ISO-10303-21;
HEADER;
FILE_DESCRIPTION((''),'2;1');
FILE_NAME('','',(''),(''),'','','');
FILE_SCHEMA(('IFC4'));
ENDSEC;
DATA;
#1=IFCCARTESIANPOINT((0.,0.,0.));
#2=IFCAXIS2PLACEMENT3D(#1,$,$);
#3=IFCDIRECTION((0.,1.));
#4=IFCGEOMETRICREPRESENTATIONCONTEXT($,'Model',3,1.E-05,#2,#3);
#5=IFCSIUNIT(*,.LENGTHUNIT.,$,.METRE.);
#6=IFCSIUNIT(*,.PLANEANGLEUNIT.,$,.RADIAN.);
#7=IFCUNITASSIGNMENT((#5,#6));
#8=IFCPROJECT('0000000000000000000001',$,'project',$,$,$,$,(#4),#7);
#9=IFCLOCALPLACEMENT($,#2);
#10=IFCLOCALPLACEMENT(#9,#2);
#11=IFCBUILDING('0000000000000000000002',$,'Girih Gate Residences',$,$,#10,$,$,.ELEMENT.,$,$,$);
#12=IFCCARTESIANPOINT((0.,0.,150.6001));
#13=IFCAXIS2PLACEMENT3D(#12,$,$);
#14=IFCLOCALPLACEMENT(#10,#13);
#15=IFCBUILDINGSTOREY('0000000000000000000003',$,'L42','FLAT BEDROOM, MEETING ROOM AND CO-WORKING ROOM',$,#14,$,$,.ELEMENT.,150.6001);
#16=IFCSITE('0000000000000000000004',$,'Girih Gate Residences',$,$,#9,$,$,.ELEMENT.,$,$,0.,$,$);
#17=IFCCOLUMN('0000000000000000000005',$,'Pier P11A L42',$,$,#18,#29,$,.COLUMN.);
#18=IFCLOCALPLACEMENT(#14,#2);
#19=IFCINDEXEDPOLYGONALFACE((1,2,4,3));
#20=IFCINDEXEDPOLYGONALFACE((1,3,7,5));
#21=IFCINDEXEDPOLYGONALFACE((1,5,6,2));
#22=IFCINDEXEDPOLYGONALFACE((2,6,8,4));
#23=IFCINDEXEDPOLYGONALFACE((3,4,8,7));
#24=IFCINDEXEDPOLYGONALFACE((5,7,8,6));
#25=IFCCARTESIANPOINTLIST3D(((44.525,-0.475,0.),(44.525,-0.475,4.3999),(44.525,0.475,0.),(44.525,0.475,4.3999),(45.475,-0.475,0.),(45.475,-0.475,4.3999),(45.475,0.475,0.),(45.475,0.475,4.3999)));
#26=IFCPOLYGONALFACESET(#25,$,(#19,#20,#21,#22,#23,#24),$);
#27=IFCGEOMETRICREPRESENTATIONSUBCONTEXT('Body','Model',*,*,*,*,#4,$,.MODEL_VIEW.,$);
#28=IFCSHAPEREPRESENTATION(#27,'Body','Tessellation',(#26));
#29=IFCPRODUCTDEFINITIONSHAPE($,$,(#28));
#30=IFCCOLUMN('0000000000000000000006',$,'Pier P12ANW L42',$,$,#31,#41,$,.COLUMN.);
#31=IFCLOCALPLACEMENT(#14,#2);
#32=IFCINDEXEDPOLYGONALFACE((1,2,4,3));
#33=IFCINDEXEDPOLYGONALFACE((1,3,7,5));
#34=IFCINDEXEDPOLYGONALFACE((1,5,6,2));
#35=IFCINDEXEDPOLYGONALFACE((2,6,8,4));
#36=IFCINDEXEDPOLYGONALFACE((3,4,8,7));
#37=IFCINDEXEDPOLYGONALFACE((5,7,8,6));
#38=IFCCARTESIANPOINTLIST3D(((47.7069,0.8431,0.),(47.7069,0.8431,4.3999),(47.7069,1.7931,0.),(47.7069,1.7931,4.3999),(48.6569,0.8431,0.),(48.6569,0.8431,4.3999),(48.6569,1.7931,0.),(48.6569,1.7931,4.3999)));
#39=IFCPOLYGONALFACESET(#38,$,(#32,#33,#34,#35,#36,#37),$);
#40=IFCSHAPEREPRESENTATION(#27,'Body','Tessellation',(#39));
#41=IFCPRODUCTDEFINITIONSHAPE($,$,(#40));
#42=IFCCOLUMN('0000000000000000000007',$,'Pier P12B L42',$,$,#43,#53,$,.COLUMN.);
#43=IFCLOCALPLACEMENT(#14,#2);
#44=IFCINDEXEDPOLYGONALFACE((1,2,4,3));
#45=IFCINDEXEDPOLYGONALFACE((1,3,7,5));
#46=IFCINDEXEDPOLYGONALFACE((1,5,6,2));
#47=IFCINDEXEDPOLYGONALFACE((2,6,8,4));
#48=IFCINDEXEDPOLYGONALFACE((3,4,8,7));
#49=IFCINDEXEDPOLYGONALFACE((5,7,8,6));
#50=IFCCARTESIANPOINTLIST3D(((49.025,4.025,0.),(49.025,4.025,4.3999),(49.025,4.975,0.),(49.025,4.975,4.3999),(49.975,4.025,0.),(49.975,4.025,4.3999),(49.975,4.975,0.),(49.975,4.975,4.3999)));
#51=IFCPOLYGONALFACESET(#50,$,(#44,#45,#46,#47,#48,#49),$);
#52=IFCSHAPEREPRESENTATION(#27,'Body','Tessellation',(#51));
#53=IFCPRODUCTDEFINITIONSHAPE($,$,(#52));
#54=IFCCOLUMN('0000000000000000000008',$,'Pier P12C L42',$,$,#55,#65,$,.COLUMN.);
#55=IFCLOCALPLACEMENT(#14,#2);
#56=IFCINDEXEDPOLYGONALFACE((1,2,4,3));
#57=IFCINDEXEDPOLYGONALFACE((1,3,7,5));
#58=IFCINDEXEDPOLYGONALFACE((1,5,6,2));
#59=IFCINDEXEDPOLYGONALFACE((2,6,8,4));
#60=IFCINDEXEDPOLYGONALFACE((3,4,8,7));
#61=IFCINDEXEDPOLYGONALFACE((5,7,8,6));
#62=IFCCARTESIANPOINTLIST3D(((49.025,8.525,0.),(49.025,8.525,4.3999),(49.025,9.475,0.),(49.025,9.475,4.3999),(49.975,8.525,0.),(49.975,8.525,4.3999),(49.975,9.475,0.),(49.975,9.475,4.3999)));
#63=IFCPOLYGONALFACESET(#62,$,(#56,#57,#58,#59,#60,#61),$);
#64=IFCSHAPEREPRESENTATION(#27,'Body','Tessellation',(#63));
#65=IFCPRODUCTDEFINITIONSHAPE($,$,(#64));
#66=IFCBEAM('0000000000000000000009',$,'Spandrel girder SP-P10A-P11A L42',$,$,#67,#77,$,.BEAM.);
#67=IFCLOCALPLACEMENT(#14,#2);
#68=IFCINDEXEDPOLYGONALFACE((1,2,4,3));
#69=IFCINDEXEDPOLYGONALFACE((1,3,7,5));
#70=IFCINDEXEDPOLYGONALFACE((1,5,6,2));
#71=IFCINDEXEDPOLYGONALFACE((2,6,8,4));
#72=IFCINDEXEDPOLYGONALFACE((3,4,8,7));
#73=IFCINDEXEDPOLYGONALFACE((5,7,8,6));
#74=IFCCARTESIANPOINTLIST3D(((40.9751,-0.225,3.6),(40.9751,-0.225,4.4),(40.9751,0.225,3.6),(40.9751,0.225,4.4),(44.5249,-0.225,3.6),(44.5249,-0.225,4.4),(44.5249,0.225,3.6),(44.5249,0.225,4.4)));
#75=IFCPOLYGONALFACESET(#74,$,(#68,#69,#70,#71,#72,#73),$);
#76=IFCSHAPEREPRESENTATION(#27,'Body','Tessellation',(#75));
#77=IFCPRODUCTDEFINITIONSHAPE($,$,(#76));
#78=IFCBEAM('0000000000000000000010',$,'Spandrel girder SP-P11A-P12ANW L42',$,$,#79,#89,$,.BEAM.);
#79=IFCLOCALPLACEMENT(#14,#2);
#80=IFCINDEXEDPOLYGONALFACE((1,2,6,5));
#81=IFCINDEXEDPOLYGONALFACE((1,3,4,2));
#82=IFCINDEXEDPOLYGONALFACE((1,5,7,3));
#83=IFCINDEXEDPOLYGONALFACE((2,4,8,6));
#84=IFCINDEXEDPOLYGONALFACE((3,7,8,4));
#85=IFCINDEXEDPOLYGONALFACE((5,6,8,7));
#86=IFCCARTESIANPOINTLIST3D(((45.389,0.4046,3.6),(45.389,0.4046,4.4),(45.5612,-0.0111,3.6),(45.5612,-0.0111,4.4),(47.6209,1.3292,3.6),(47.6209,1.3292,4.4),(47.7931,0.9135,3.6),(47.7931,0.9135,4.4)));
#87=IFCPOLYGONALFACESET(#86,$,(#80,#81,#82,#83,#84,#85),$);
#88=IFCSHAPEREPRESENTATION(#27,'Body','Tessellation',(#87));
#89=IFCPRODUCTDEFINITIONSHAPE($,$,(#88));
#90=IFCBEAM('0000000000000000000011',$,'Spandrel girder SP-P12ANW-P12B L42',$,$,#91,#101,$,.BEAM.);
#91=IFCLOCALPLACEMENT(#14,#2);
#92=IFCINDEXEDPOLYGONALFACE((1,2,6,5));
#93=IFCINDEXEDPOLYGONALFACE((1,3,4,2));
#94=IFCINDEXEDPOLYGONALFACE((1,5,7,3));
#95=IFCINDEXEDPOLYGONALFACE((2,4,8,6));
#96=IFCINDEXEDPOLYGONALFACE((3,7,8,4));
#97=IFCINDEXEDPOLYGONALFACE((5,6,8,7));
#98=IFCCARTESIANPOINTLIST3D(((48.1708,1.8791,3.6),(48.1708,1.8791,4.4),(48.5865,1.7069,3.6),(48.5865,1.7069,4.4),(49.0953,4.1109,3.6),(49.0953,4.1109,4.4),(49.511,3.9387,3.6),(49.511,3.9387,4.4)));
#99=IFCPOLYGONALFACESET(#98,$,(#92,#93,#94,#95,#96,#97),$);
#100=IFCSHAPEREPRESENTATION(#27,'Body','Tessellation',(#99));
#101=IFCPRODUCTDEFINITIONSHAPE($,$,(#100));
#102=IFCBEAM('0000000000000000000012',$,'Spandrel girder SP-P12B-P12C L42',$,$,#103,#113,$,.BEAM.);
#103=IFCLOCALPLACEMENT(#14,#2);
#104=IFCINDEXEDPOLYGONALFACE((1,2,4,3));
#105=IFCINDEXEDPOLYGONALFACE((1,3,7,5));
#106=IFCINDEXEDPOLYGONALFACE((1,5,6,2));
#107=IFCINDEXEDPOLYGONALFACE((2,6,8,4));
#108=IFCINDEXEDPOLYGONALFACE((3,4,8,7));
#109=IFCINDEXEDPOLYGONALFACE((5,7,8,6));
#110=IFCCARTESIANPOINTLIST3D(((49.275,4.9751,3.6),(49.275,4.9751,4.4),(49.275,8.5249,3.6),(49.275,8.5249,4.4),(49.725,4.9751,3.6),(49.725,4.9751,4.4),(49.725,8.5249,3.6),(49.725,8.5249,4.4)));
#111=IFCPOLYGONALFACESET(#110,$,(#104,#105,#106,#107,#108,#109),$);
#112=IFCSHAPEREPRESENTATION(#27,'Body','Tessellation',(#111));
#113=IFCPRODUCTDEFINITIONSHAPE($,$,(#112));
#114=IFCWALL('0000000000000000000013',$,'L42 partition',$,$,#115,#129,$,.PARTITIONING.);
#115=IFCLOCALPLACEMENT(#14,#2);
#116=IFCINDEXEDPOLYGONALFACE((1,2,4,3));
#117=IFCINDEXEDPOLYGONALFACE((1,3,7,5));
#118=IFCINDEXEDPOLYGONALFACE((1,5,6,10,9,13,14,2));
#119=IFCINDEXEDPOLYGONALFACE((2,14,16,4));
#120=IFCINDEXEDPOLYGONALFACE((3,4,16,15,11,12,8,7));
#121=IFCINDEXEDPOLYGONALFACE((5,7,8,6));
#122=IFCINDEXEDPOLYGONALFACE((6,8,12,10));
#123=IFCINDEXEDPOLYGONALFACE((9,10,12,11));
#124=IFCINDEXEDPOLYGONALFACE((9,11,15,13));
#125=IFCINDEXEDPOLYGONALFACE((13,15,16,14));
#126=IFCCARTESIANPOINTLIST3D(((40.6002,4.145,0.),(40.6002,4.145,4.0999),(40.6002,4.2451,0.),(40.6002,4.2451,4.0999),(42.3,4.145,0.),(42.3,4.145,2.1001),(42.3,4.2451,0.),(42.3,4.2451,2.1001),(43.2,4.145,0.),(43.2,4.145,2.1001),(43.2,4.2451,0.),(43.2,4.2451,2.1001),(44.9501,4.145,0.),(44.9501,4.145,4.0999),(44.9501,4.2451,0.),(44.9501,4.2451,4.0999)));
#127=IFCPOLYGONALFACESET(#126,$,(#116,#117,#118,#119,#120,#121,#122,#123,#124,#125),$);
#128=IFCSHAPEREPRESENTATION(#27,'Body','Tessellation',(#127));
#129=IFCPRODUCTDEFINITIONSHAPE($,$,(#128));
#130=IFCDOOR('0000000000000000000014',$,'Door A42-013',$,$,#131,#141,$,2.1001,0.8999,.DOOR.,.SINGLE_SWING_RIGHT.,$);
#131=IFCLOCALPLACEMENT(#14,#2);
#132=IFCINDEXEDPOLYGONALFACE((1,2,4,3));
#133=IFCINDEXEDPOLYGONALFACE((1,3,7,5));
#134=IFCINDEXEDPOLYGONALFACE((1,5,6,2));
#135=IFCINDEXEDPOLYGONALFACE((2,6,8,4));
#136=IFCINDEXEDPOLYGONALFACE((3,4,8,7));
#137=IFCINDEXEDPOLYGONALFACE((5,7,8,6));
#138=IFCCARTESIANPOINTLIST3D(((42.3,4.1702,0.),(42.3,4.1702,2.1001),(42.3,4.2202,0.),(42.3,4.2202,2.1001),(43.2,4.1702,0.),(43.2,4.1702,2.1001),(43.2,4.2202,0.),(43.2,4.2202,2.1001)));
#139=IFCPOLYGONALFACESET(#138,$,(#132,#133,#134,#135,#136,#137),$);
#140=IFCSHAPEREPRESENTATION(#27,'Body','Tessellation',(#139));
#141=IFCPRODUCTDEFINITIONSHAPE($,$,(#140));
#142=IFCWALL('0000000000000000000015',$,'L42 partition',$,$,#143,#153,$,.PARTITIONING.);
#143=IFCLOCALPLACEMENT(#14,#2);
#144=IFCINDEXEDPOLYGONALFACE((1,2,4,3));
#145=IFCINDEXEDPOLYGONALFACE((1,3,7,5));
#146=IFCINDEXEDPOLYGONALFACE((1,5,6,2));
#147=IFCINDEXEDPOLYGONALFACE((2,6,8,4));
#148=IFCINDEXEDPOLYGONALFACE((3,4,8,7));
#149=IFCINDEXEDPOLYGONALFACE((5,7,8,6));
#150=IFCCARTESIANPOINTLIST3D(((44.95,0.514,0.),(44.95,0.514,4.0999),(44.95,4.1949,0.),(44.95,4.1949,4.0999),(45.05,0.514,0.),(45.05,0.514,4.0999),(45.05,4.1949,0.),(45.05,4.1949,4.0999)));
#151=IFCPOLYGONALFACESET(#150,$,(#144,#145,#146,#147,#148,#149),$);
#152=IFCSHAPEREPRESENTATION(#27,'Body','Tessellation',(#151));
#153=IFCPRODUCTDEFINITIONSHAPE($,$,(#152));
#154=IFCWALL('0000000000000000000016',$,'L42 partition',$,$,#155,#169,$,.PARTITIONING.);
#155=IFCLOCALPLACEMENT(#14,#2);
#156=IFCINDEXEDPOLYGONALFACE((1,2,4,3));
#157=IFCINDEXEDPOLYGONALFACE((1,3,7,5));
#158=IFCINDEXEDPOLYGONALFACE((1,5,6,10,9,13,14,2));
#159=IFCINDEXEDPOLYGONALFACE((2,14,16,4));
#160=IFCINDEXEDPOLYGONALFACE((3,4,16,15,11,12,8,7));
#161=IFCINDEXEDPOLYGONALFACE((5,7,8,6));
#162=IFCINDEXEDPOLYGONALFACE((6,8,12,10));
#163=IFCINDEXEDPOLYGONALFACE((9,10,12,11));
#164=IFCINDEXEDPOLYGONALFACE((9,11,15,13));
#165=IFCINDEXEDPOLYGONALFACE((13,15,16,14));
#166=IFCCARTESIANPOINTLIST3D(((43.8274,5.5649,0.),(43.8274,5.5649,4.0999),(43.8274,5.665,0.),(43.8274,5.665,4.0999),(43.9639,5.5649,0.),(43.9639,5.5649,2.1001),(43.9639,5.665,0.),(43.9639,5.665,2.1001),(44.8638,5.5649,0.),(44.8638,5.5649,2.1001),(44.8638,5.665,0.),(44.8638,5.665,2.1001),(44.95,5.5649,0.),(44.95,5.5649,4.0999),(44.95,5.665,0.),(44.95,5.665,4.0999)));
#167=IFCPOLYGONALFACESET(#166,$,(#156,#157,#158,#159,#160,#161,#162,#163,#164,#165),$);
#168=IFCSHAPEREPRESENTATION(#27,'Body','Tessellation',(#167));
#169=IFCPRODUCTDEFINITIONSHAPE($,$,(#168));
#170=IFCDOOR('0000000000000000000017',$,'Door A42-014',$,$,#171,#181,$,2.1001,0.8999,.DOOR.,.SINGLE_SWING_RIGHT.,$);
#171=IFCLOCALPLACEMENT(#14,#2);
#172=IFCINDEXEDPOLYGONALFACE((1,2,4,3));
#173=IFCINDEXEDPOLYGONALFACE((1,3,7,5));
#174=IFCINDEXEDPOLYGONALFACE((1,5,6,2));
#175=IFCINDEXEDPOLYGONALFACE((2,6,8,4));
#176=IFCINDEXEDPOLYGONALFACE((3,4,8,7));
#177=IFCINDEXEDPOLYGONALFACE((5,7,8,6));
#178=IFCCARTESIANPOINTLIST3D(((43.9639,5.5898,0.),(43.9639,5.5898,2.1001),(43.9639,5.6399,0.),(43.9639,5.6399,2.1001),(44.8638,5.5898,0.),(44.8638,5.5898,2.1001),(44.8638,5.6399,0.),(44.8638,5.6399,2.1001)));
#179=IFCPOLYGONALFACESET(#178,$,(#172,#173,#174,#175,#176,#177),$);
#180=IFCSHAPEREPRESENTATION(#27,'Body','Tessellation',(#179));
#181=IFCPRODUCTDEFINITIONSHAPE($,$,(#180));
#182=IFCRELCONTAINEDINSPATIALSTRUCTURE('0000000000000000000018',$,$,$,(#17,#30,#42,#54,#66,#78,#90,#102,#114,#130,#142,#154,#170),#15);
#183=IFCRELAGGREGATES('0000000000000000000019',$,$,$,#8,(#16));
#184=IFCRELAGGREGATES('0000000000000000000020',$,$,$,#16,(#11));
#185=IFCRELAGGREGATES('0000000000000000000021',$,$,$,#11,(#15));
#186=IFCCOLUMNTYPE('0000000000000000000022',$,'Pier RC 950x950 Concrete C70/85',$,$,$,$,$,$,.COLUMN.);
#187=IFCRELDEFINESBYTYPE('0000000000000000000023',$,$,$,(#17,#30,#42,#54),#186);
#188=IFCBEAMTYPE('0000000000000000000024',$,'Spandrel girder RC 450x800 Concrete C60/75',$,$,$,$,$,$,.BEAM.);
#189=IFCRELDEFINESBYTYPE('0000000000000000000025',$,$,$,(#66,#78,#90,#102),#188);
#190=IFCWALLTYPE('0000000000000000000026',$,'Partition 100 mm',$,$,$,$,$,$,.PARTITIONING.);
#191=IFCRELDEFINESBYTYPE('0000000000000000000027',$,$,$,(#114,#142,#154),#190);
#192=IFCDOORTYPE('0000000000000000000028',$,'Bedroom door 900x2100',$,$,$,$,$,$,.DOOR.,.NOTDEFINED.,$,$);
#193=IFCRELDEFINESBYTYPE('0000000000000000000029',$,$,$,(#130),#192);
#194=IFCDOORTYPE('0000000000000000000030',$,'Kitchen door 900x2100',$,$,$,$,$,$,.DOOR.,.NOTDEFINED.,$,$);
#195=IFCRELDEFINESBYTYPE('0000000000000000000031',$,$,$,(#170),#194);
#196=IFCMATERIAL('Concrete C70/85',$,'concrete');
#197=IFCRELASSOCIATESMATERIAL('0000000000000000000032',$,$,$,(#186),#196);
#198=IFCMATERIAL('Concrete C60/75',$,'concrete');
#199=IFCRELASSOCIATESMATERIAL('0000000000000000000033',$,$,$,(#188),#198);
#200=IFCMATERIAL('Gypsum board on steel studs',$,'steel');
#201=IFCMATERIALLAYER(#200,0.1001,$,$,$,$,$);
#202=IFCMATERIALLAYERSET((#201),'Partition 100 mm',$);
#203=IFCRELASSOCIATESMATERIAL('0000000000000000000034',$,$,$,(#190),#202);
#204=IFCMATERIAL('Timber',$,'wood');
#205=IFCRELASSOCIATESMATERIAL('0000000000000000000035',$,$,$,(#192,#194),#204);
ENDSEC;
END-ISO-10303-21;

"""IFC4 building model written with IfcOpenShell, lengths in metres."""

from ifc_helpers import new_model, si_unit, direction, frame, frame_2d, origin, origin_2d, place, context, subcontext, project, spatial, rectangle, extrude, material, layer, layer_set, material_profile, profile_set, type_object, element, fill, save


model = new_model("IFC4")

# Units and contexts
model_context = context("Model", 3, precision=1e-05, world=origin(), true_north=direction((0.0, 1.0)))
body_context = subcontext(model_context, "Body", "Model", "MODEL_VIEW")
ifc_project = project(units=[si_unit("LENGTHUNIT", "METRE"), si_unit("PLANEANGLEUNIT", "RADIAN")], contexts=[model_context])

# Site, building, storey
site_placement = place(None, origin())
site = spatial("IfcSite", under=ifc_project, at=site_placement, Name="Girih Gate Residences", CompositionType="ELEMENT", RefElevation=0.0)
building_placement = place(site_placement, origin())
building = spatial("IfcBuilding", under=site, at=building_placement, Name="Girih Gate Residences", CompositionType="ELEMENT")
storey_placement = place(building_placement, frame((0.0, 0.0, 150.6001)))
storey = spatial("IfcBuildingStorey", under=building, at=storey_placement, Name="L42", Description="FLAT BEDROOM, MEETING ROOM AND CO-WORKING ROOM", CompositionType="ELEMENT", Elevation=150.6001)

# Columns
ifc_material_1 = material(Name="Concrete C70/85", Category="concrete")
ifc_material_profile_1 = material_profile(ifc_material_1, rectangle(XDim=0.95, YDim=0.95, at=origin_2d()))
ifc_profile_set_1 = profile_set([ifc_material_profile_1], Name="Concrete C70/85")
column_type = type_object("IfcColumnType", Name="Pier RC 950x950 Concrete C70/85", PredefinedType="COLUMN", material=ifc_profile_set_1)
for number, where, z_axis, x_axis, name in (
    (1, (45.0, 0.0, 0.0), (0.0, 0.0, 1.0), (1.0, 0.0, 0.0), "Pier P11A L42"),
    (2, (48.1819, 1.3181, 0.0), (0.0, 0.0, 1.0), (1.0, 0.0, 0.0), "Pier P12ANW L42"),
    (3, (49.5, 4.5, 0.0), (0.0, 0.0, 1.0), (1.0, 0.0, 0.0), "Pier P12B L42"),
    (4, (49.5, 9.0, 0.0), (0.0, 0.0, 1.0), (1.0, 0.0, 0.0), "Pier P12C L42"),
):
    element("IfcColumn", number, at=place(storey_placement, frame(where, z_axis=z_axis, x_axis=x_axis)), inside=storey, type_object=column_type, Name=name, PredefinedType="COLUMN", context=body_context, shape_type="SweptSolid", body=[
        extrude(rectangle(XDim=0.95, YDim=0.95, at=origin_2d()), origin(), (0.0, 0.0, 1.0), 4.3999),
    ])

# Beams
ifc_material_2 = material(Name="Concrete C60/75", Category="concrete")
ifc_material_profile_2 = material_profile(ifc_material_2, rectangle(XDim=0.45, YDim=0.8, at=origin_2d()))
ifc_profile_set_2 = profile_set([ifc_material_profile_2], Name="Concrete C60/75")
beam_type = type_object("IfcBeamType", Name="Spandrel girder RC 450x800 Concrete C60/75", PredefinedType="BEAM", material=ifc_profile_set_2)
beam_1_placement = place(storey_placement, frame((40.9751, 0.0, 4.0), z_axis=(1.0, 0.0, 0.0), x_axis=(0.0, 1.0, 0.0)))
element("IfcBeam", 5, at=beam_1_placement, inside=storey, type_object=beam_type, Name="Spandrel girder SP-P10A-P11A L42", PredefinedType="BEAM", context=body_context, shape_type="SweptSolid", body=[
    extrude(rectangle(XDim=0.45, YDim=0.8, at=origin_2d()), origin(), (0.0, 0.0, 1.0), 3.5498),
])
for number, where, z_axis, x_axis, name in (
    (6, (45.4751, 0.1968, 4.0), (0.92387, 0.382706, 0.0), (-0.382706, 0.92387, 0.0), "Spandrel girder SP-P11A-P12ANW L42"),
    (7, (48.3787, 1.793, 4.0), (0.382706, 0.92387, 0.0), (-0.92387, 0.382706, 0.0), "Spandrel girder SP-P12ANW-P12B L42"),
):
    element("IfcBeam", number, at=place(storey_placement, frame(where, z_axis=z_axis, x_axis=x_axis)), inside=storey, type_object=beam_type, Name=name, PredefinedType="BEAM", context=body_context, shape_type="SweptSolid", body=[
        extrude(rectangle(XDim=0.45, YDim=0.8, at=origin_2d()), origin(), (0.0, 0.0, 1.0), 2.4158),
    ])
beam_2_placement = place(storey_placement, frame((49.5, 4.9751, 4.0), z_axis=(0.0, 1.0, 0.0), x_axis=(-1.0, 0.0, 0.0)))
element("IfcBeam", 8, at=beam_2_placement, inside=storey, type_object=beam_type, Name="Spandrel girder SP-P12B-P12C L42", PredefinedType="BEAM", context=body_context, shape_type="SweptSolid", body=[
    extrude(rectangle(XDim=0.45, YDim=0.8, at=origin_2d()), origin(), (0.0, 0.0, 1.0), 3.5498),
])

# Wall, opening, door
ifc_material_3 = material(Name="Gypsum board on steel studs", Category="steel")
ifc_layer_1 = layer(ifc_material_3, 0.1001)
ifc_layer_set_1 = layer_set([ifc_layer_1], Name="Partition 100 mm")
wall_type_1 = type_object("IfcWallType", Name="Partition 100 mm", PredefinedType="PARTITIONING", material=ifc_layer_set_1)
wall_1_placement = place(storey_placement, frame((44.95, 4.1951, 0.0), z_axis=(0.0, 0.0, 1.0), x_axis=(-1.0, 0.0, 0.0)))
wall_1 = element("IfcWall", 9, at=wall_1_placement, inside=storey, type_object=wall_type_1, Name="L42 partition", PredefinedType="PARTITIONING", context=body_context, shape_type="SweptSolid", body=[
    extrude(rectangle(XDim=4.3499, YDim=0.1001, at=frame_2d((2.1748, 0.0))), origin(), (0.0, 0.0, 1.0), 4.0999),
])
opening_1_placement = place(wall_1_placement, frame((1.75, 0.0, 0.0)))
opening_1 = element("IfcOpeningElement", 10, at=opening_1_placement, cuts=wall_1, PredefinedType="OPENING", context=body_context, shape_type="SweptSolid", body=[
    extrude(rectangle(XDim=0.8999, YDim=2.1001, at=frame_2d((0.45, 1.05))), frame((0.0, 0.0601, 0.0), z_axis=(0.0, -1.0, 0.0), x_axis=(1.0, 0.0, 0.0)), (0.0, 0.0, 1.0), 0.1201),
])
ifc_material_4 = material(Name="Timber", Category="wood")
door_type_1 = type_object("IfcDoorType", Name="Bedroom door 900x2100", OperationType="NOTDEFINED", PredefinedType="DOOR", material=ifc_material_4)
door_1_placement = place(opening_1_placement, origin())
door_1 = element("IfcDoor", 11, at=door_1_placement, inside=storey, type_object=door_type_1, Name="Door A42-013", OperationType="SINGLE_SWING_RIGHT", OverallHeight=2.1001, OverallWidth=0.8999, PredefinedType="DOOR", context=body_context, shape_type="SweptSolid", body=[
    extrude(rectangle(XDim=0.8999, YDim=2.1001, at=frame_2d((0.45, 1.05))), frame((0.0, 0.0249, 0.0), z_axis=(0.0, -1.0, 0.0), x_axis=(1.0, 0.0, 0.0)), (0.0, 0.0, 1.0), 0.05),
])
fill(opening_1, door_1)

# Wall
wall_2_placement = place(storey_placement, frame((45.0, 0.5142, 0.0), z_axis=(0.0, 0.0, 1.0), x_axis=(0.0, 1.0, 0.0)))
element("IfcWall", 12, at=wall_2_placement, inside=storey, type_object=wall_type_1, Name="L42 partition", PredefinedType="PARTITIONING", context=body_context, shape_type="SweptSolid", body=[
    extrude(rectangle(XDim=3.6809, YDim=0.1001, at=frame_2d((1.8403, 0.0))), origin(), (0.0, 0.0, 1.0), 4.0999),
])

# Wall, opening, door
wall_3_placement = place(storey_placement, frame((43.8274, 5.615, 0.0), z_axis=(0.0, 0.0, 1.0), x_axis=(1.0, 0.0, 0.0)))
wall_3 = element("IfcWall", 13, at=wall_3_placement, inside=storey, type_object=wall_type_1, Name="L42 partition", PredefinedType="PARTITIONING", context=body_context, shape_type="SweptSolid", body=[
    extrude(rectangle(XDim=1.1226, YDim=0.1001, at=frame_2d((0.5613, 0.0))), origin(), (0.0, 0.0, 1.0), 4.0999),
])
opening_2_placement = place(wall_3_placement, frame((0.1365, 0.0, 0.0)))
opening_2 = element("IfcOpeningElement", 14, at=opening_2_placement, cuts=wall_3, PredefinedType="OPENING", context=body_context, shape_type="SweptSolid", body=[
    extrude(rectangle(XDim=0.8999, YDim=2.1001, at=frame_2d((0.45, 1.05))), frame((0.0, 0.0601, 0.0), z_axis=(0.0, -1.0, 0.0), x_axis=(1.0, 0.0, 0.0)), (0.0, 0.0, 1.0), 0.1201),
])
door_type_2 = type_object("IfcDoorType", Name="Kitchen door 900x2100", OperationType="NOTDEFINED", PredefinedType="DOOR", material=ifc_material_4)
door_2_placement = place(opening_2_placement, origin())
door_2 = element("IfcDoor", 15, at=door_2_placement, inside=storey, type_object=door_type_2, Name="Door A42-014", OperationType="SINGLE_SWING_RIGHT", OverallHeight=2.1001, OverallWidth=0.8999, PredefinedType="DOOR", context=body_context, shape_type="SweptSolid", body=[
    extrude(rectangle(XDim=0.8999, YDim=2.1001, at=frame_2d((0.45, 1.05))), frame((0.0, 0.0249, 0.0), z_axis=(0.0, -1.0, 0.0), x_axis=(1.0, 0.0, 0.0)), (0.0, 0.0, 1.0), 0.05),
])
fill(opening_2, door_2)

save(model, "model.ifc")
